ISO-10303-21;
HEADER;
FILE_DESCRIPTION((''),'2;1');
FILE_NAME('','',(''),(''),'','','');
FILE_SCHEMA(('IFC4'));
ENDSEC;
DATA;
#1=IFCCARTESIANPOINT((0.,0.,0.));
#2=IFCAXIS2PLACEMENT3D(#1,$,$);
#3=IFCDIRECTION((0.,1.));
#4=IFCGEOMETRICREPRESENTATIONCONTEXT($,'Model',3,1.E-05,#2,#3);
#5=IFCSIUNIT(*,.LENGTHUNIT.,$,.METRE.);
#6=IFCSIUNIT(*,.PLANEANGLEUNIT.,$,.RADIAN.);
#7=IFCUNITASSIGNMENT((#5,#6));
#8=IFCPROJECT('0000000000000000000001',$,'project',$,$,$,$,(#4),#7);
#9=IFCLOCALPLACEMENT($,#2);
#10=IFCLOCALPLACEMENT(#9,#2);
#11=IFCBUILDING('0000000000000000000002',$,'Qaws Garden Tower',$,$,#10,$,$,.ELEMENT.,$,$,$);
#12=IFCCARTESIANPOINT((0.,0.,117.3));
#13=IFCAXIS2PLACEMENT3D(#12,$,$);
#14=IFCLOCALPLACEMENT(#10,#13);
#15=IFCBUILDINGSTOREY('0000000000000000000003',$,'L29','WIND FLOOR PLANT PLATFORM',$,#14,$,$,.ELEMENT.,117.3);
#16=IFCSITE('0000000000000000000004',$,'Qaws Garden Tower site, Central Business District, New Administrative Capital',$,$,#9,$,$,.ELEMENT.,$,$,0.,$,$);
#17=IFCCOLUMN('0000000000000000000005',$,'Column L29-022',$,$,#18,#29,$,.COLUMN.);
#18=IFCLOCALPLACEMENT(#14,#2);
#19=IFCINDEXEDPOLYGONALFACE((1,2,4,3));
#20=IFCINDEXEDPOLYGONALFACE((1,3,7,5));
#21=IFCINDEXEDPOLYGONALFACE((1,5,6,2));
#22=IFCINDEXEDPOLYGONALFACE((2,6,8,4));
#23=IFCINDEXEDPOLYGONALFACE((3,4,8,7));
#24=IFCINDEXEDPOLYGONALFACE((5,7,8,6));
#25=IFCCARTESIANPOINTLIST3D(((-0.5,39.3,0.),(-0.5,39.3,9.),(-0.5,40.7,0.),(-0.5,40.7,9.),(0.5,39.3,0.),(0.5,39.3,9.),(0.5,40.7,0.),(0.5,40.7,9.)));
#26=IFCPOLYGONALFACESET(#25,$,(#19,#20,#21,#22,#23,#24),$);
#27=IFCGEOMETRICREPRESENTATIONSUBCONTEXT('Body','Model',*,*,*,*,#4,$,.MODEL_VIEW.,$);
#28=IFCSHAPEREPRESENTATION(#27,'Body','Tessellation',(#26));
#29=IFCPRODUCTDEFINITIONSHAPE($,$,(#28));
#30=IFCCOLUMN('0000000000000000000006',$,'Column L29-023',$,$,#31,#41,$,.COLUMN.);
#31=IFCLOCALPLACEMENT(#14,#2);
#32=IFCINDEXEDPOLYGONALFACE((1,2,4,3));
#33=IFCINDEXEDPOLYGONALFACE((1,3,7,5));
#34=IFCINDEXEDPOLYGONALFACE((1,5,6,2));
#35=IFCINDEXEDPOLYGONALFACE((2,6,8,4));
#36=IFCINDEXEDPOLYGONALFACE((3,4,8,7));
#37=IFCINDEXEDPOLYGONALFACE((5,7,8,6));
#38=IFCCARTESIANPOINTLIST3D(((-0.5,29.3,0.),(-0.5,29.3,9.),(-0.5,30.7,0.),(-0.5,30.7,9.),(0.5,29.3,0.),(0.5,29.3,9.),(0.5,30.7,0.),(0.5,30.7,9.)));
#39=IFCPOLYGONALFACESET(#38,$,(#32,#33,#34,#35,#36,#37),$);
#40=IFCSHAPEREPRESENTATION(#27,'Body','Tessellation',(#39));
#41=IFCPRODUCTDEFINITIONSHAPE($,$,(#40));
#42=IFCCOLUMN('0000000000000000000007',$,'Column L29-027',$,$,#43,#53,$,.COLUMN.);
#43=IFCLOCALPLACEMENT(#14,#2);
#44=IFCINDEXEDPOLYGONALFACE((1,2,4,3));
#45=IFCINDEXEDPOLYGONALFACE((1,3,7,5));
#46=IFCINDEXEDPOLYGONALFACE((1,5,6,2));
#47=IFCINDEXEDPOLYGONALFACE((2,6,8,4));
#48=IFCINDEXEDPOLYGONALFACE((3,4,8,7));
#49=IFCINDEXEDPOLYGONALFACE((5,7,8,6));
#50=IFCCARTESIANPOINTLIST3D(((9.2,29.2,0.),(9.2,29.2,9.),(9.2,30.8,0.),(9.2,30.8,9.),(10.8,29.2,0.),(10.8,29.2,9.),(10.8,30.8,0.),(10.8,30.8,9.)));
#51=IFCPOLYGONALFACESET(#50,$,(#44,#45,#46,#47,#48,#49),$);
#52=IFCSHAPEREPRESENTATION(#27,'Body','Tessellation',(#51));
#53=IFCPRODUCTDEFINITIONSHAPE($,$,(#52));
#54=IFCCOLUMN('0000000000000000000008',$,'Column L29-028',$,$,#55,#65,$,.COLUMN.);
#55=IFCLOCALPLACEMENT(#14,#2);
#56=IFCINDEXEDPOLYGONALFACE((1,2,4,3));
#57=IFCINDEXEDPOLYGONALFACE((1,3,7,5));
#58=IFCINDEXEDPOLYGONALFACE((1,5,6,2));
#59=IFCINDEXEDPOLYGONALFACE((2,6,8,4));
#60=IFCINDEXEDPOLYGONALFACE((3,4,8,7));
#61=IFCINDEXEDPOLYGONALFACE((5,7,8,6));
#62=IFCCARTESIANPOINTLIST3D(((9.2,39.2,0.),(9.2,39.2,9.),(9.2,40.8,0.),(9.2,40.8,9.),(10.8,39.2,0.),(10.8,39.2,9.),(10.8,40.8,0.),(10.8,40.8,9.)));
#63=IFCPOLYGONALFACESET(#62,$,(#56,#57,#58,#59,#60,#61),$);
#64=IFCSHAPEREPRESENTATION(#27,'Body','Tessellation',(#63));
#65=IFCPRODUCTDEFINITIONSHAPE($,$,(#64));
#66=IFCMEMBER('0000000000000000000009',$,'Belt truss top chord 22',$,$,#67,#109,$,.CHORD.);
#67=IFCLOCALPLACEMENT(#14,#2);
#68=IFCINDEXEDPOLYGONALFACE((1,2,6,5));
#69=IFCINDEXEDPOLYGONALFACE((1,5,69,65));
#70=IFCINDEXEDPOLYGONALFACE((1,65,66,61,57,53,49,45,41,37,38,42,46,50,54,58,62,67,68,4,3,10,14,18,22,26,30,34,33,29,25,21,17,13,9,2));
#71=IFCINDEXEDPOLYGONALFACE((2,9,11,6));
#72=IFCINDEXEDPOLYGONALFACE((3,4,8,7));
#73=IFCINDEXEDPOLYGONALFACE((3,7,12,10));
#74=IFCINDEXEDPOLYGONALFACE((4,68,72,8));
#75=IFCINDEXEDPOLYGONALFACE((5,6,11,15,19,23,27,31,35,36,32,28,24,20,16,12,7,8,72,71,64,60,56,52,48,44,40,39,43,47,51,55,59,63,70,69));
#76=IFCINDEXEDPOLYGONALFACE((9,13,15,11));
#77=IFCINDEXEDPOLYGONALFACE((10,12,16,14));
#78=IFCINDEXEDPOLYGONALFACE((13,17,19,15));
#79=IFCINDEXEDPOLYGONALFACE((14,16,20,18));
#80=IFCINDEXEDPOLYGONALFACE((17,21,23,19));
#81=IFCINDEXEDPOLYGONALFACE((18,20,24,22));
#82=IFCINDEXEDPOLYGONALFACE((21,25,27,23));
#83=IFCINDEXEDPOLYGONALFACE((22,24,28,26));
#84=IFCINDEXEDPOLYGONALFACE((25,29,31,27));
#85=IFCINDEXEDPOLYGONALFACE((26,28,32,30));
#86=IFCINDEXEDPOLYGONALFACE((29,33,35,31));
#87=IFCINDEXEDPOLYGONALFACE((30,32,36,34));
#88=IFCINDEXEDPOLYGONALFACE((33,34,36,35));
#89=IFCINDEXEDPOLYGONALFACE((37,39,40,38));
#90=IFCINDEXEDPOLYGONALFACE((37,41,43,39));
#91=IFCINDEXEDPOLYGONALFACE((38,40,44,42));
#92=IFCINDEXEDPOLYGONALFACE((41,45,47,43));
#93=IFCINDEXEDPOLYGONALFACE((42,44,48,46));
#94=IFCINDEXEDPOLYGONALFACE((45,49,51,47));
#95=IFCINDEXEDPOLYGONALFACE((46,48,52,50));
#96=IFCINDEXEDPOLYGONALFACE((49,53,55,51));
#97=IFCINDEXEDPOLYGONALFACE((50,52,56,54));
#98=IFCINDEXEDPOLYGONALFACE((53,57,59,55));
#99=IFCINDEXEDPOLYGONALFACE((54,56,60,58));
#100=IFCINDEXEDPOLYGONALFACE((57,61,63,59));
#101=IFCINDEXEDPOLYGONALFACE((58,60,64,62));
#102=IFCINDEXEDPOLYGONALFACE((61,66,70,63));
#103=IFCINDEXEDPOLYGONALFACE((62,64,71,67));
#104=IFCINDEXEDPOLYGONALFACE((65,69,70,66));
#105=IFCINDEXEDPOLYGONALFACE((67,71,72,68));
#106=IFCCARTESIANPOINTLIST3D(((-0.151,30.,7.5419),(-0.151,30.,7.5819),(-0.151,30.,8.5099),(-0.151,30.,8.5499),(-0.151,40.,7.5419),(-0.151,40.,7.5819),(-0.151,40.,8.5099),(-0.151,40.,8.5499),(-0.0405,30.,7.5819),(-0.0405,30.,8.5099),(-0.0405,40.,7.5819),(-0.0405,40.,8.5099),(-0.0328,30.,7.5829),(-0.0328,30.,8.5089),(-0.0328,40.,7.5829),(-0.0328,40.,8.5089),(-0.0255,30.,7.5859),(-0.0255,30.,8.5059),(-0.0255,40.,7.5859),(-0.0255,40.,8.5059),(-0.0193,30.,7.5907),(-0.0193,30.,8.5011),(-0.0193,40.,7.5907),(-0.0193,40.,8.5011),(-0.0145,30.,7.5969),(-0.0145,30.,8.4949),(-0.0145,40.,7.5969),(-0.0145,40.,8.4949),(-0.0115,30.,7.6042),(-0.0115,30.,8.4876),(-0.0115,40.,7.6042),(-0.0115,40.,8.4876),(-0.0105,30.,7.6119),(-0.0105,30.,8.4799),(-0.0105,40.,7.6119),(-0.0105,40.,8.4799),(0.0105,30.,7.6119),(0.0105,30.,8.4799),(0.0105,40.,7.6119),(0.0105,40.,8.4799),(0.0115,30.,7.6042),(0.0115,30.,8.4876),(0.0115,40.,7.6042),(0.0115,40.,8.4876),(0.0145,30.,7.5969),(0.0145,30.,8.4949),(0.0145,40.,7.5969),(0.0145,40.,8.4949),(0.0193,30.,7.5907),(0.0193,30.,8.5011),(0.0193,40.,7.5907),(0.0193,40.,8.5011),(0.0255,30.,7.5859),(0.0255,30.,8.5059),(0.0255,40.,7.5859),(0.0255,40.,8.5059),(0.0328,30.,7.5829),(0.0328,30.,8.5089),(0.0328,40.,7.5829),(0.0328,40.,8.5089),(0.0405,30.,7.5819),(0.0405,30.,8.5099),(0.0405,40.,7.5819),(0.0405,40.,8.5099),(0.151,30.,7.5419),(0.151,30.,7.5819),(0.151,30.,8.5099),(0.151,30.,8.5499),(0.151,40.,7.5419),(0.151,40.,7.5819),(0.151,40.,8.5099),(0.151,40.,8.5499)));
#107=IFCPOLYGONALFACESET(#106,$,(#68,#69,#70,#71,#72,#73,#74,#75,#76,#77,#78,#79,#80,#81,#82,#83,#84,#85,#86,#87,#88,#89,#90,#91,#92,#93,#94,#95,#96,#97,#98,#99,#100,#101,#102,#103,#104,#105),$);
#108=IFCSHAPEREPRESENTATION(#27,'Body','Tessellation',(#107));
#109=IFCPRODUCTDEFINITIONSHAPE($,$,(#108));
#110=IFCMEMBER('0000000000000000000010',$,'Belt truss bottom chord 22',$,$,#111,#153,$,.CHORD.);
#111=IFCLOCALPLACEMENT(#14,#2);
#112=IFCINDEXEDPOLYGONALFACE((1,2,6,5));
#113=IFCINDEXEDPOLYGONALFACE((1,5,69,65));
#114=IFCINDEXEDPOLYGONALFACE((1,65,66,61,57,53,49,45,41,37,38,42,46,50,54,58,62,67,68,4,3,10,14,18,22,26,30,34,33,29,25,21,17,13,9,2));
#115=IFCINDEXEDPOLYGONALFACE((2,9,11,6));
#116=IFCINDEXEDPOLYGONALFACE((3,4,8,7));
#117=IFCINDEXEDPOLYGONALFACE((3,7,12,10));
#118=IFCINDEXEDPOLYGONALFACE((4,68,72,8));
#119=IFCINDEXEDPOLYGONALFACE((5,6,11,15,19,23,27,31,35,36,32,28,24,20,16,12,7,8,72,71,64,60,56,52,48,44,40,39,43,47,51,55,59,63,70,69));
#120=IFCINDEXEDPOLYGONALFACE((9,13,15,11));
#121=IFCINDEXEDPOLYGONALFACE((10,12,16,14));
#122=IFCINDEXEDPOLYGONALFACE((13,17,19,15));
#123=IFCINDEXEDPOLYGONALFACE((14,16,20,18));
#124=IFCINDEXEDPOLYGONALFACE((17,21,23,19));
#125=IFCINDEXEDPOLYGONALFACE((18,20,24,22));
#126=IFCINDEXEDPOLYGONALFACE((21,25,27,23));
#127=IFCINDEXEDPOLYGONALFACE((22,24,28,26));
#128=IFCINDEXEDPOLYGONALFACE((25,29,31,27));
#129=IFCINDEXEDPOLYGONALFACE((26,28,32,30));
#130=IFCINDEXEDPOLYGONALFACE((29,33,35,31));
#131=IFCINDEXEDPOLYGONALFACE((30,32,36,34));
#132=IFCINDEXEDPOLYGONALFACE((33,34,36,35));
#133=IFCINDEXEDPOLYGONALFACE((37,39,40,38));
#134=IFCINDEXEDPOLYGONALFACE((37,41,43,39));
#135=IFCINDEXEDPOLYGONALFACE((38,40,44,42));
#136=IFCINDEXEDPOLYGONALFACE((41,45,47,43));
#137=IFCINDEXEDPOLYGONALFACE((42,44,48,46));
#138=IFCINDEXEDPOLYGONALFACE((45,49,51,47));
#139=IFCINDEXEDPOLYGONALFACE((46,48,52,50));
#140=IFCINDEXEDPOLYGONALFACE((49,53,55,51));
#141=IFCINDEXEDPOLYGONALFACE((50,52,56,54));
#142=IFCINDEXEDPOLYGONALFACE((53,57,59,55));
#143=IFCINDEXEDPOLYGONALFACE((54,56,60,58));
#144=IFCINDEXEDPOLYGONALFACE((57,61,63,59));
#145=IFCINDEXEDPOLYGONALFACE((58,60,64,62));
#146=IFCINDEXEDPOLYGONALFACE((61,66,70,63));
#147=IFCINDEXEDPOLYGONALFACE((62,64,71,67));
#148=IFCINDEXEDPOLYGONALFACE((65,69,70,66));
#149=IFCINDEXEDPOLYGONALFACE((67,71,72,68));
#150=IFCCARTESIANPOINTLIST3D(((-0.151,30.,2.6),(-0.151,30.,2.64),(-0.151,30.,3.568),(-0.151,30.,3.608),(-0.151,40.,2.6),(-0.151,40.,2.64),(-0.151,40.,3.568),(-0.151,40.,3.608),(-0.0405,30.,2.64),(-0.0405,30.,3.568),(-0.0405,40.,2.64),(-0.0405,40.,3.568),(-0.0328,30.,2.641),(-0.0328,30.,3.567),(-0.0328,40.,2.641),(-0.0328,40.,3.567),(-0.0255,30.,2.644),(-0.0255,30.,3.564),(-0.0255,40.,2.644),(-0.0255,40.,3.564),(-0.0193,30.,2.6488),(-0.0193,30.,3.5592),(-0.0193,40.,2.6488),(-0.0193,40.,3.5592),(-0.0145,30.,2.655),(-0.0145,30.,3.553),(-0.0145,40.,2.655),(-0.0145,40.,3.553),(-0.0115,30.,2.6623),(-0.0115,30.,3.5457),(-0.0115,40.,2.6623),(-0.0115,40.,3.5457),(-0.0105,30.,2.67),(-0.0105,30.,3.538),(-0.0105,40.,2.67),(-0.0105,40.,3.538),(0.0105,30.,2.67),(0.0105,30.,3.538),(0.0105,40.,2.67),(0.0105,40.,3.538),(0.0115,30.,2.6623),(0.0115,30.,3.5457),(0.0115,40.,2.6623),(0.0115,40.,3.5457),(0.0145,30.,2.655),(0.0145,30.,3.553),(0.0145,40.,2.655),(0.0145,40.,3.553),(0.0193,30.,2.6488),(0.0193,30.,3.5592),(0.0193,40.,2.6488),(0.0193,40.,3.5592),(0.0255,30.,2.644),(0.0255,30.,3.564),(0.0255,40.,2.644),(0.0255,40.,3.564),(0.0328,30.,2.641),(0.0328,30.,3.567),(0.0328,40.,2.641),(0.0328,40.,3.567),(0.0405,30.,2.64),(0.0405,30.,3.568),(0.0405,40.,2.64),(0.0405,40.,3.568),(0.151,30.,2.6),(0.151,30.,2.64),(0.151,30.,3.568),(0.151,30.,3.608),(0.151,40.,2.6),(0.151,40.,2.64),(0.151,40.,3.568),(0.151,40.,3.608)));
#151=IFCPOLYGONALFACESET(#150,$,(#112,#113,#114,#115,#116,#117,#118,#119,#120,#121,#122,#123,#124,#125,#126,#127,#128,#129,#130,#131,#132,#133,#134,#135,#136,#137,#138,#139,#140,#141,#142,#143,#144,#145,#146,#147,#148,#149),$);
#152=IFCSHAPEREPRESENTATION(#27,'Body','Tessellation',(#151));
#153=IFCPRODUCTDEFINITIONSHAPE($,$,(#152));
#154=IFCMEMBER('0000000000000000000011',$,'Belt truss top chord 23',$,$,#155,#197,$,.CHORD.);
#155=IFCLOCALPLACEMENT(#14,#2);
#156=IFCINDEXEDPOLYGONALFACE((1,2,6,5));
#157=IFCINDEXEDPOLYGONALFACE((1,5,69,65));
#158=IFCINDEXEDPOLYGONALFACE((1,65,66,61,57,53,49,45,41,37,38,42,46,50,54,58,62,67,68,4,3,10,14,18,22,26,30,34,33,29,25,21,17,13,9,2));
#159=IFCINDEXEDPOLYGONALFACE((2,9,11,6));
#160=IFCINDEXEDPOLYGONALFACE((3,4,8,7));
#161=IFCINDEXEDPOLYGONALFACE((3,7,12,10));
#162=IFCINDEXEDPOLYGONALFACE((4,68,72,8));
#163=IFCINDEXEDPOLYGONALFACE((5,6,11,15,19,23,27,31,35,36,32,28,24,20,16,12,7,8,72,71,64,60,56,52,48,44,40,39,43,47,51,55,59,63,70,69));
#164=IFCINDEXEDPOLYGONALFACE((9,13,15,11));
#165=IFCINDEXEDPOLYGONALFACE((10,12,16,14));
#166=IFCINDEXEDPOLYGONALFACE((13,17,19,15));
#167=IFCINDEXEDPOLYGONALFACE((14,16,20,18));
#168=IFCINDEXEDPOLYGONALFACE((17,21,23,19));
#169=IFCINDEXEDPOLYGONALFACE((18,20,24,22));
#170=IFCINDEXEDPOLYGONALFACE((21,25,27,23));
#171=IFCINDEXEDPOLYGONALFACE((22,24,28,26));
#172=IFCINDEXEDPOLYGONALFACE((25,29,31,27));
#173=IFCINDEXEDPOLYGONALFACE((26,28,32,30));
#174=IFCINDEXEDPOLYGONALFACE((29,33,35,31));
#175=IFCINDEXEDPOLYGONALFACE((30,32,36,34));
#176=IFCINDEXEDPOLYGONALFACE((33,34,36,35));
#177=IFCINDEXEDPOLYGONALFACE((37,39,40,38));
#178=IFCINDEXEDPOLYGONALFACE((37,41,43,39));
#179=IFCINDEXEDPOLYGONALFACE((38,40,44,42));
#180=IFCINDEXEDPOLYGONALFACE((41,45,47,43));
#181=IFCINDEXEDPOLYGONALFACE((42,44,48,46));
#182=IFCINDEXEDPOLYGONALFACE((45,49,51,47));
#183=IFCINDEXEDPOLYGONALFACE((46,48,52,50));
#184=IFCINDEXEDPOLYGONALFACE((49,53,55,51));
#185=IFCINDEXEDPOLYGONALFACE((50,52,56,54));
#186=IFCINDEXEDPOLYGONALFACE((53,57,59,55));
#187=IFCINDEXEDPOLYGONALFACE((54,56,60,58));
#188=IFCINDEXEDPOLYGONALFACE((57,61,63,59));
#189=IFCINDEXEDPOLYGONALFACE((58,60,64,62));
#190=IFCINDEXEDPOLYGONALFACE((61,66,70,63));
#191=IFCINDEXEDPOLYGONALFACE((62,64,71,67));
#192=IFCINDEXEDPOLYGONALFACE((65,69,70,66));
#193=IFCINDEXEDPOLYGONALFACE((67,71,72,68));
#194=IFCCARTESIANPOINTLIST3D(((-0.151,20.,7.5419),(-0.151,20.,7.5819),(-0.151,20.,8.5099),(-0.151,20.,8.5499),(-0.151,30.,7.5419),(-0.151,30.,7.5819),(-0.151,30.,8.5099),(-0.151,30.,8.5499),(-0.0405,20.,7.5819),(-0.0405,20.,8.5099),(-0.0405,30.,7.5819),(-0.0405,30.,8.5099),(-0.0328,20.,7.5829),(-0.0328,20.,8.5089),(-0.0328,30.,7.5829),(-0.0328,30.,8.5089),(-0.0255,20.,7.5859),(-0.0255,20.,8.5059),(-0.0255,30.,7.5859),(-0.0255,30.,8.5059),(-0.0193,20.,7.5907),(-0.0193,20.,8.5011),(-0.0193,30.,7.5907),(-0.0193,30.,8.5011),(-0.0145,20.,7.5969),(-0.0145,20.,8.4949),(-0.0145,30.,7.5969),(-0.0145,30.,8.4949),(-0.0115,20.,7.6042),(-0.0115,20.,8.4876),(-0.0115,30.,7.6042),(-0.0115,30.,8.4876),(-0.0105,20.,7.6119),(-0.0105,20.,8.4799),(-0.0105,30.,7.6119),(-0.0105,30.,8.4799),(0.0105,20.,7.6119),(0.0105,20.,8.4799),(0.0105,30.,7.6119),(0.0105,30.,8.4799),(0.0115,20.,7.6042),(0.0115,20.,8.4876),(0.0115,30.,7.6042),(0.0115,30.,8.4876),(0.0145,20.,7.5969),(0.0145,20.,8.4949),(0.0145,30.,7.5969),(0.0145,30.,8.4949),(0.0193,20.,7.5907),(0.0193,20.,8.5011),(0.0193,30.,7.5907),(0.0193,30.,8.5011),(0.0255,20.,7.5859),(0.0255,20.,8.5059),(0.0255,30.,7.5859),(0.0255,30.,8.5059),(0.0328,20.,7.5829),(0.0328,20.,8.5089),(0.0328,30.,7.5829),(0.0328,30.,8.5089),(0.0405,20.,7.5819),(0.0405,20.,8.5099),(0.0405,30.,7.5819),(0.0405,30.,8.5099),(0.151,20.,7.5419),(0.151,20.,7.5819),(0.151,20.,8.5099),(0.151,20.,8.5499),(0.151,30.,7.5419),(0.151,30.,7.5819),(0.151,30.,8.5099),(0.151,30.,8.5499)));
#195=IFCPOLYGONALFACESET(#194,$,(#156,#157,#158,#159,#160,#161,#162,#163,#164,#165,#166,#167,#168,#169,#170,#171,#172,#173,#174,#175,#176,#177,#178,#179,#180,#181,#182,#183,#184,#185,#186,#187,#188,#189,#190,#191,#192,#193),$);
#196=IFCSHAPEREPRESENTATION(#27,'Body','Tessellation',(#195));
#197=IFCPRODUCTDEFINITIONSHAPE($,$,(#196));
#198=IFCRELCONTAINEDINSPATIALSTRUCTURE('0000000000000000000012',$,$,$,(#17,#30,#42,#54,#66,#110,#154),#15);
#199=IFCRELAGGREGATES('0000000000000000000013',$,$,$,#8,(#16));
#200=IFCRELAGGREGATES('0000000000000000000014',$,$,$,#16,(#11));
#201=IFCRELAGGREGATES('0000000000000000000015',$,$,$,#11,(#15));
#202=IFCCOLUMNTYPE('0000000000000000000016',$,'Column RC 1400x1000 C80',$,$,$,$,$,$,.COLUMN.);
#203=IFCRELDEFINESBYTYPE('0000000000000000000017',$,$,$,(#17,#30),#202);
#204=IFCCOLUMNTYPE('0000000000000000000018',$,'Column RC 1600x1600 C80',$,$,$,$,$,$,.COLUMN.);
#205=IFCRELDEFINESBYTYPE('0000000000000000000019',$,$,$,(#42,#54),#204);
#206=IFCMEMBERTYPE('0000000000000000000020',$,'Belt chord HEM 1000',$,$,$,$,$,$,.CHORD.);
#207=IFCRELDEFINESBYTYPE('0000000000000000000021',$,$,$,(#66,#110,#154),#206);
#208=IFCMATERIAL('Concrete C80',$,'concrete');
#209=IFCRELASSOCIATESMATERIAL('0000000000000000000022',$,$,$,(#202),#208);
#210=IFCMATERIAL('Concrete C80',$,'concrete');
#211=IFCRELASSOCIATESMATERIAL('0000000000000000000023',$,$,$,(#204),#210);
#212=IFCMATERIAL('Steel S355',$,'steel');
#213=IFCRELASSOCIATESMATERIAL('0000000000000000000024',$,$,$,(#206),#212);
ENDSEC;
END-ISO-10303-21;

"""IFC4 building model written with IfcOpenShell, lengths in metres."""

from ifc_helpers import new_model, si_unit, direction, frame, origin, origin_2d, place, context, subcontext, project, spatial, rectangle, i_section, extrude, material, material_profile, profile_set, type_object, element, save


model = new_model("IFC4")

# Units and contexts
model_context = context("Model", 3, precision=1e-05, world=origin(), true_north=direction((0.0, 1.0)))
body_context = subcontext(model_context, "Body", "Model", "MODEL_VIEW")
ifc_project = project(units=[si_unit("LENGTHUNIT", "METRE"), si_unit("PLANEANGLEUNIT", "RADIAN")], contexts=[model_context])

# Site, building, storey
site_placement = place(None, origin())
site = spatial("IfcSite", under=ifc_project, at=site_placement, Name="Qaws Garden Tower site, Central Business District, New Administrative Capital", CompositionType="ELEMENT", RefElevation=0.0)
building_placement = place(site_placement, origin())
building = spatial("IfcBuilding", under=site, at=building_placement, Name="Qaws Garden Tower", CompositionType="ELEMENT")
storey_placement = place(building_placement, frame((0.0, 0.0, 117.3)))
storey = spatial("IfcBuildingStorey", under=building, at=storey_placement, Name="L29", Description="WIND FLOOR PLANT PLATFORM", CompositionType="ELEMENT", Elevation=117.3)

# Columns
ifc_material_1 = material(Name="Concrete C80", Category="concrete")
ifc_material_profile_1 = material_profile(ifc_material_1, rectangle(XDim=1.3999, YDim=1.0, at=origin_2d()), Name="RC 1400x1000")
ifc_profile_set_1 = profile_set([ifc_material_profile_1], Name="Concrete C80")
column_type_1 = type_object("IfcColumnType", Name="Column RC 1400x1000 C80", PredefinedType="COLUMN", material=ifc_profile_set_1)
for number, where, z_axis, x_axis, name in (
    (1, (0.0, 40.0, 0.0), (0.0, 0.0, 1.0), (0.0, 1.0, 0.0), "Column L29-022"),
    (2, (0.0, 30.0, 0.0), (0.0, 0.0, 1.0), (0.0, 1.0, 0.0), "Column L29-023"),
):
    element("IfcColumn", number, at=place(storey_placement, frame(where, z_axis=z_axis, x_axis=x_axis)), inside=storey, type_object=column_type_1, Name=name, PredefinedType="COLUMN", context=body_context, shape_type="SweptSolid", body=[
        extrude(rectangle(XDim=1.3999, YDim=1.0, at=origin_2d()), origin(), (0.0, 0.0, 1.0), 9.0),
    ])
ifc_material_2 = material(Name="Concrete C80", Category="concrete")
ifc_material_profile_2 = material_profile(ifc_material_2, rectangle(XDim=1.6001, YDim=1.6001, at=origin_2d()), Name="RC 1600x1600")
ifc_profile_set_2 = profile_set([ifc_material_profile_2], Name="Concrete C80")
column_type_2 = type_object("IfcColumnType", Name="Column RC 1600x1600 C80", PredefinedType="COLUMN", material=ifc_profile_set_2)
for number, where, z_axis, x_axis, name in (
    (3, (10.0, 30.0, 0.0), (0.0, 0.0, 1.0), (1.0, 0.0, 0.0), "Column L29-027"),
    (4, (10.0, 40.0, 0.0), (0.0, 0.0, 1.0), (1.0, 0.0, 0.0), "Column L29-028"),
):
    element("IfcColumn", number, at=place(storey_placement, frame(where, z_axis=z_axis, x_axis=x_axis)), inside=storey, type_object=column_type_2, Name=name, PredefinedType="COLUMN", context=body_context, shape_type="SweptSolid", body=[
        extrude(rectangle(XDim=1.6001, YDim=1.6001, at=origin_2d()), origin(), (0.0, 0.0, 1.0), 9.0),
    ])

# Members
ifc_material_3 = material(Name="Steel S355", Category="steel")
ifc_material_profile_3 = material_profile(ifc_material_3, i_section(OverallWidth=0.302, OverallDepth=1.0081, WebThickness=0.021, FlangeThickness=0.04, FilletRadius=0.03, at=origin_2d()), Name="HEM 1000")
ifc_profile_set_3 = profile_set([ifc_material_profile_3], Name="Steel S355")
member_type_1 = type_object("IfcMemberType", Name="Belt chord HEM 1000", PredefinedType="CHORD", material=ifc_profile_set_3)
for number, where, z_axis, x_axis, name in (
    (5, (0.0, 40.0, 8.0459), (0.0, -1.0, 0.0), (1.0, 0.0, 0.0), "Belt truss top chord 22"),
    (6, (0.0, 40.0, 3.104), (0.0, -1.0, 0.0), (1.0, 0.0, 0.0), "Belt truss bottom chord 22"),
    (7, (0.0, 30.0, 8.0459), (0.0, -1.0, 0.0), (1.0, 0.0, 0.0), "Belt truss top chord 23"),
):
    element("IfcMember", number, at=place(storey_placement, frame(where, z_axis=z_axis, x_axis=x_axis)), inside=storey, type_object=member_type_1, Name=name, PredefinedType="CHORD", context=body_context, shape_type="SweptSolid", body=[
        extrude(i_section(OverallWidth=0.302, OverallDepth=1.0081, WebThickness=0.021, FlangeThickness=0.04, FilletRadius=0.03, at=origin_2d()), origin(), (0.0, 0.0, 1.0), 10.0),
    ])

save(model, "model.ifc")
